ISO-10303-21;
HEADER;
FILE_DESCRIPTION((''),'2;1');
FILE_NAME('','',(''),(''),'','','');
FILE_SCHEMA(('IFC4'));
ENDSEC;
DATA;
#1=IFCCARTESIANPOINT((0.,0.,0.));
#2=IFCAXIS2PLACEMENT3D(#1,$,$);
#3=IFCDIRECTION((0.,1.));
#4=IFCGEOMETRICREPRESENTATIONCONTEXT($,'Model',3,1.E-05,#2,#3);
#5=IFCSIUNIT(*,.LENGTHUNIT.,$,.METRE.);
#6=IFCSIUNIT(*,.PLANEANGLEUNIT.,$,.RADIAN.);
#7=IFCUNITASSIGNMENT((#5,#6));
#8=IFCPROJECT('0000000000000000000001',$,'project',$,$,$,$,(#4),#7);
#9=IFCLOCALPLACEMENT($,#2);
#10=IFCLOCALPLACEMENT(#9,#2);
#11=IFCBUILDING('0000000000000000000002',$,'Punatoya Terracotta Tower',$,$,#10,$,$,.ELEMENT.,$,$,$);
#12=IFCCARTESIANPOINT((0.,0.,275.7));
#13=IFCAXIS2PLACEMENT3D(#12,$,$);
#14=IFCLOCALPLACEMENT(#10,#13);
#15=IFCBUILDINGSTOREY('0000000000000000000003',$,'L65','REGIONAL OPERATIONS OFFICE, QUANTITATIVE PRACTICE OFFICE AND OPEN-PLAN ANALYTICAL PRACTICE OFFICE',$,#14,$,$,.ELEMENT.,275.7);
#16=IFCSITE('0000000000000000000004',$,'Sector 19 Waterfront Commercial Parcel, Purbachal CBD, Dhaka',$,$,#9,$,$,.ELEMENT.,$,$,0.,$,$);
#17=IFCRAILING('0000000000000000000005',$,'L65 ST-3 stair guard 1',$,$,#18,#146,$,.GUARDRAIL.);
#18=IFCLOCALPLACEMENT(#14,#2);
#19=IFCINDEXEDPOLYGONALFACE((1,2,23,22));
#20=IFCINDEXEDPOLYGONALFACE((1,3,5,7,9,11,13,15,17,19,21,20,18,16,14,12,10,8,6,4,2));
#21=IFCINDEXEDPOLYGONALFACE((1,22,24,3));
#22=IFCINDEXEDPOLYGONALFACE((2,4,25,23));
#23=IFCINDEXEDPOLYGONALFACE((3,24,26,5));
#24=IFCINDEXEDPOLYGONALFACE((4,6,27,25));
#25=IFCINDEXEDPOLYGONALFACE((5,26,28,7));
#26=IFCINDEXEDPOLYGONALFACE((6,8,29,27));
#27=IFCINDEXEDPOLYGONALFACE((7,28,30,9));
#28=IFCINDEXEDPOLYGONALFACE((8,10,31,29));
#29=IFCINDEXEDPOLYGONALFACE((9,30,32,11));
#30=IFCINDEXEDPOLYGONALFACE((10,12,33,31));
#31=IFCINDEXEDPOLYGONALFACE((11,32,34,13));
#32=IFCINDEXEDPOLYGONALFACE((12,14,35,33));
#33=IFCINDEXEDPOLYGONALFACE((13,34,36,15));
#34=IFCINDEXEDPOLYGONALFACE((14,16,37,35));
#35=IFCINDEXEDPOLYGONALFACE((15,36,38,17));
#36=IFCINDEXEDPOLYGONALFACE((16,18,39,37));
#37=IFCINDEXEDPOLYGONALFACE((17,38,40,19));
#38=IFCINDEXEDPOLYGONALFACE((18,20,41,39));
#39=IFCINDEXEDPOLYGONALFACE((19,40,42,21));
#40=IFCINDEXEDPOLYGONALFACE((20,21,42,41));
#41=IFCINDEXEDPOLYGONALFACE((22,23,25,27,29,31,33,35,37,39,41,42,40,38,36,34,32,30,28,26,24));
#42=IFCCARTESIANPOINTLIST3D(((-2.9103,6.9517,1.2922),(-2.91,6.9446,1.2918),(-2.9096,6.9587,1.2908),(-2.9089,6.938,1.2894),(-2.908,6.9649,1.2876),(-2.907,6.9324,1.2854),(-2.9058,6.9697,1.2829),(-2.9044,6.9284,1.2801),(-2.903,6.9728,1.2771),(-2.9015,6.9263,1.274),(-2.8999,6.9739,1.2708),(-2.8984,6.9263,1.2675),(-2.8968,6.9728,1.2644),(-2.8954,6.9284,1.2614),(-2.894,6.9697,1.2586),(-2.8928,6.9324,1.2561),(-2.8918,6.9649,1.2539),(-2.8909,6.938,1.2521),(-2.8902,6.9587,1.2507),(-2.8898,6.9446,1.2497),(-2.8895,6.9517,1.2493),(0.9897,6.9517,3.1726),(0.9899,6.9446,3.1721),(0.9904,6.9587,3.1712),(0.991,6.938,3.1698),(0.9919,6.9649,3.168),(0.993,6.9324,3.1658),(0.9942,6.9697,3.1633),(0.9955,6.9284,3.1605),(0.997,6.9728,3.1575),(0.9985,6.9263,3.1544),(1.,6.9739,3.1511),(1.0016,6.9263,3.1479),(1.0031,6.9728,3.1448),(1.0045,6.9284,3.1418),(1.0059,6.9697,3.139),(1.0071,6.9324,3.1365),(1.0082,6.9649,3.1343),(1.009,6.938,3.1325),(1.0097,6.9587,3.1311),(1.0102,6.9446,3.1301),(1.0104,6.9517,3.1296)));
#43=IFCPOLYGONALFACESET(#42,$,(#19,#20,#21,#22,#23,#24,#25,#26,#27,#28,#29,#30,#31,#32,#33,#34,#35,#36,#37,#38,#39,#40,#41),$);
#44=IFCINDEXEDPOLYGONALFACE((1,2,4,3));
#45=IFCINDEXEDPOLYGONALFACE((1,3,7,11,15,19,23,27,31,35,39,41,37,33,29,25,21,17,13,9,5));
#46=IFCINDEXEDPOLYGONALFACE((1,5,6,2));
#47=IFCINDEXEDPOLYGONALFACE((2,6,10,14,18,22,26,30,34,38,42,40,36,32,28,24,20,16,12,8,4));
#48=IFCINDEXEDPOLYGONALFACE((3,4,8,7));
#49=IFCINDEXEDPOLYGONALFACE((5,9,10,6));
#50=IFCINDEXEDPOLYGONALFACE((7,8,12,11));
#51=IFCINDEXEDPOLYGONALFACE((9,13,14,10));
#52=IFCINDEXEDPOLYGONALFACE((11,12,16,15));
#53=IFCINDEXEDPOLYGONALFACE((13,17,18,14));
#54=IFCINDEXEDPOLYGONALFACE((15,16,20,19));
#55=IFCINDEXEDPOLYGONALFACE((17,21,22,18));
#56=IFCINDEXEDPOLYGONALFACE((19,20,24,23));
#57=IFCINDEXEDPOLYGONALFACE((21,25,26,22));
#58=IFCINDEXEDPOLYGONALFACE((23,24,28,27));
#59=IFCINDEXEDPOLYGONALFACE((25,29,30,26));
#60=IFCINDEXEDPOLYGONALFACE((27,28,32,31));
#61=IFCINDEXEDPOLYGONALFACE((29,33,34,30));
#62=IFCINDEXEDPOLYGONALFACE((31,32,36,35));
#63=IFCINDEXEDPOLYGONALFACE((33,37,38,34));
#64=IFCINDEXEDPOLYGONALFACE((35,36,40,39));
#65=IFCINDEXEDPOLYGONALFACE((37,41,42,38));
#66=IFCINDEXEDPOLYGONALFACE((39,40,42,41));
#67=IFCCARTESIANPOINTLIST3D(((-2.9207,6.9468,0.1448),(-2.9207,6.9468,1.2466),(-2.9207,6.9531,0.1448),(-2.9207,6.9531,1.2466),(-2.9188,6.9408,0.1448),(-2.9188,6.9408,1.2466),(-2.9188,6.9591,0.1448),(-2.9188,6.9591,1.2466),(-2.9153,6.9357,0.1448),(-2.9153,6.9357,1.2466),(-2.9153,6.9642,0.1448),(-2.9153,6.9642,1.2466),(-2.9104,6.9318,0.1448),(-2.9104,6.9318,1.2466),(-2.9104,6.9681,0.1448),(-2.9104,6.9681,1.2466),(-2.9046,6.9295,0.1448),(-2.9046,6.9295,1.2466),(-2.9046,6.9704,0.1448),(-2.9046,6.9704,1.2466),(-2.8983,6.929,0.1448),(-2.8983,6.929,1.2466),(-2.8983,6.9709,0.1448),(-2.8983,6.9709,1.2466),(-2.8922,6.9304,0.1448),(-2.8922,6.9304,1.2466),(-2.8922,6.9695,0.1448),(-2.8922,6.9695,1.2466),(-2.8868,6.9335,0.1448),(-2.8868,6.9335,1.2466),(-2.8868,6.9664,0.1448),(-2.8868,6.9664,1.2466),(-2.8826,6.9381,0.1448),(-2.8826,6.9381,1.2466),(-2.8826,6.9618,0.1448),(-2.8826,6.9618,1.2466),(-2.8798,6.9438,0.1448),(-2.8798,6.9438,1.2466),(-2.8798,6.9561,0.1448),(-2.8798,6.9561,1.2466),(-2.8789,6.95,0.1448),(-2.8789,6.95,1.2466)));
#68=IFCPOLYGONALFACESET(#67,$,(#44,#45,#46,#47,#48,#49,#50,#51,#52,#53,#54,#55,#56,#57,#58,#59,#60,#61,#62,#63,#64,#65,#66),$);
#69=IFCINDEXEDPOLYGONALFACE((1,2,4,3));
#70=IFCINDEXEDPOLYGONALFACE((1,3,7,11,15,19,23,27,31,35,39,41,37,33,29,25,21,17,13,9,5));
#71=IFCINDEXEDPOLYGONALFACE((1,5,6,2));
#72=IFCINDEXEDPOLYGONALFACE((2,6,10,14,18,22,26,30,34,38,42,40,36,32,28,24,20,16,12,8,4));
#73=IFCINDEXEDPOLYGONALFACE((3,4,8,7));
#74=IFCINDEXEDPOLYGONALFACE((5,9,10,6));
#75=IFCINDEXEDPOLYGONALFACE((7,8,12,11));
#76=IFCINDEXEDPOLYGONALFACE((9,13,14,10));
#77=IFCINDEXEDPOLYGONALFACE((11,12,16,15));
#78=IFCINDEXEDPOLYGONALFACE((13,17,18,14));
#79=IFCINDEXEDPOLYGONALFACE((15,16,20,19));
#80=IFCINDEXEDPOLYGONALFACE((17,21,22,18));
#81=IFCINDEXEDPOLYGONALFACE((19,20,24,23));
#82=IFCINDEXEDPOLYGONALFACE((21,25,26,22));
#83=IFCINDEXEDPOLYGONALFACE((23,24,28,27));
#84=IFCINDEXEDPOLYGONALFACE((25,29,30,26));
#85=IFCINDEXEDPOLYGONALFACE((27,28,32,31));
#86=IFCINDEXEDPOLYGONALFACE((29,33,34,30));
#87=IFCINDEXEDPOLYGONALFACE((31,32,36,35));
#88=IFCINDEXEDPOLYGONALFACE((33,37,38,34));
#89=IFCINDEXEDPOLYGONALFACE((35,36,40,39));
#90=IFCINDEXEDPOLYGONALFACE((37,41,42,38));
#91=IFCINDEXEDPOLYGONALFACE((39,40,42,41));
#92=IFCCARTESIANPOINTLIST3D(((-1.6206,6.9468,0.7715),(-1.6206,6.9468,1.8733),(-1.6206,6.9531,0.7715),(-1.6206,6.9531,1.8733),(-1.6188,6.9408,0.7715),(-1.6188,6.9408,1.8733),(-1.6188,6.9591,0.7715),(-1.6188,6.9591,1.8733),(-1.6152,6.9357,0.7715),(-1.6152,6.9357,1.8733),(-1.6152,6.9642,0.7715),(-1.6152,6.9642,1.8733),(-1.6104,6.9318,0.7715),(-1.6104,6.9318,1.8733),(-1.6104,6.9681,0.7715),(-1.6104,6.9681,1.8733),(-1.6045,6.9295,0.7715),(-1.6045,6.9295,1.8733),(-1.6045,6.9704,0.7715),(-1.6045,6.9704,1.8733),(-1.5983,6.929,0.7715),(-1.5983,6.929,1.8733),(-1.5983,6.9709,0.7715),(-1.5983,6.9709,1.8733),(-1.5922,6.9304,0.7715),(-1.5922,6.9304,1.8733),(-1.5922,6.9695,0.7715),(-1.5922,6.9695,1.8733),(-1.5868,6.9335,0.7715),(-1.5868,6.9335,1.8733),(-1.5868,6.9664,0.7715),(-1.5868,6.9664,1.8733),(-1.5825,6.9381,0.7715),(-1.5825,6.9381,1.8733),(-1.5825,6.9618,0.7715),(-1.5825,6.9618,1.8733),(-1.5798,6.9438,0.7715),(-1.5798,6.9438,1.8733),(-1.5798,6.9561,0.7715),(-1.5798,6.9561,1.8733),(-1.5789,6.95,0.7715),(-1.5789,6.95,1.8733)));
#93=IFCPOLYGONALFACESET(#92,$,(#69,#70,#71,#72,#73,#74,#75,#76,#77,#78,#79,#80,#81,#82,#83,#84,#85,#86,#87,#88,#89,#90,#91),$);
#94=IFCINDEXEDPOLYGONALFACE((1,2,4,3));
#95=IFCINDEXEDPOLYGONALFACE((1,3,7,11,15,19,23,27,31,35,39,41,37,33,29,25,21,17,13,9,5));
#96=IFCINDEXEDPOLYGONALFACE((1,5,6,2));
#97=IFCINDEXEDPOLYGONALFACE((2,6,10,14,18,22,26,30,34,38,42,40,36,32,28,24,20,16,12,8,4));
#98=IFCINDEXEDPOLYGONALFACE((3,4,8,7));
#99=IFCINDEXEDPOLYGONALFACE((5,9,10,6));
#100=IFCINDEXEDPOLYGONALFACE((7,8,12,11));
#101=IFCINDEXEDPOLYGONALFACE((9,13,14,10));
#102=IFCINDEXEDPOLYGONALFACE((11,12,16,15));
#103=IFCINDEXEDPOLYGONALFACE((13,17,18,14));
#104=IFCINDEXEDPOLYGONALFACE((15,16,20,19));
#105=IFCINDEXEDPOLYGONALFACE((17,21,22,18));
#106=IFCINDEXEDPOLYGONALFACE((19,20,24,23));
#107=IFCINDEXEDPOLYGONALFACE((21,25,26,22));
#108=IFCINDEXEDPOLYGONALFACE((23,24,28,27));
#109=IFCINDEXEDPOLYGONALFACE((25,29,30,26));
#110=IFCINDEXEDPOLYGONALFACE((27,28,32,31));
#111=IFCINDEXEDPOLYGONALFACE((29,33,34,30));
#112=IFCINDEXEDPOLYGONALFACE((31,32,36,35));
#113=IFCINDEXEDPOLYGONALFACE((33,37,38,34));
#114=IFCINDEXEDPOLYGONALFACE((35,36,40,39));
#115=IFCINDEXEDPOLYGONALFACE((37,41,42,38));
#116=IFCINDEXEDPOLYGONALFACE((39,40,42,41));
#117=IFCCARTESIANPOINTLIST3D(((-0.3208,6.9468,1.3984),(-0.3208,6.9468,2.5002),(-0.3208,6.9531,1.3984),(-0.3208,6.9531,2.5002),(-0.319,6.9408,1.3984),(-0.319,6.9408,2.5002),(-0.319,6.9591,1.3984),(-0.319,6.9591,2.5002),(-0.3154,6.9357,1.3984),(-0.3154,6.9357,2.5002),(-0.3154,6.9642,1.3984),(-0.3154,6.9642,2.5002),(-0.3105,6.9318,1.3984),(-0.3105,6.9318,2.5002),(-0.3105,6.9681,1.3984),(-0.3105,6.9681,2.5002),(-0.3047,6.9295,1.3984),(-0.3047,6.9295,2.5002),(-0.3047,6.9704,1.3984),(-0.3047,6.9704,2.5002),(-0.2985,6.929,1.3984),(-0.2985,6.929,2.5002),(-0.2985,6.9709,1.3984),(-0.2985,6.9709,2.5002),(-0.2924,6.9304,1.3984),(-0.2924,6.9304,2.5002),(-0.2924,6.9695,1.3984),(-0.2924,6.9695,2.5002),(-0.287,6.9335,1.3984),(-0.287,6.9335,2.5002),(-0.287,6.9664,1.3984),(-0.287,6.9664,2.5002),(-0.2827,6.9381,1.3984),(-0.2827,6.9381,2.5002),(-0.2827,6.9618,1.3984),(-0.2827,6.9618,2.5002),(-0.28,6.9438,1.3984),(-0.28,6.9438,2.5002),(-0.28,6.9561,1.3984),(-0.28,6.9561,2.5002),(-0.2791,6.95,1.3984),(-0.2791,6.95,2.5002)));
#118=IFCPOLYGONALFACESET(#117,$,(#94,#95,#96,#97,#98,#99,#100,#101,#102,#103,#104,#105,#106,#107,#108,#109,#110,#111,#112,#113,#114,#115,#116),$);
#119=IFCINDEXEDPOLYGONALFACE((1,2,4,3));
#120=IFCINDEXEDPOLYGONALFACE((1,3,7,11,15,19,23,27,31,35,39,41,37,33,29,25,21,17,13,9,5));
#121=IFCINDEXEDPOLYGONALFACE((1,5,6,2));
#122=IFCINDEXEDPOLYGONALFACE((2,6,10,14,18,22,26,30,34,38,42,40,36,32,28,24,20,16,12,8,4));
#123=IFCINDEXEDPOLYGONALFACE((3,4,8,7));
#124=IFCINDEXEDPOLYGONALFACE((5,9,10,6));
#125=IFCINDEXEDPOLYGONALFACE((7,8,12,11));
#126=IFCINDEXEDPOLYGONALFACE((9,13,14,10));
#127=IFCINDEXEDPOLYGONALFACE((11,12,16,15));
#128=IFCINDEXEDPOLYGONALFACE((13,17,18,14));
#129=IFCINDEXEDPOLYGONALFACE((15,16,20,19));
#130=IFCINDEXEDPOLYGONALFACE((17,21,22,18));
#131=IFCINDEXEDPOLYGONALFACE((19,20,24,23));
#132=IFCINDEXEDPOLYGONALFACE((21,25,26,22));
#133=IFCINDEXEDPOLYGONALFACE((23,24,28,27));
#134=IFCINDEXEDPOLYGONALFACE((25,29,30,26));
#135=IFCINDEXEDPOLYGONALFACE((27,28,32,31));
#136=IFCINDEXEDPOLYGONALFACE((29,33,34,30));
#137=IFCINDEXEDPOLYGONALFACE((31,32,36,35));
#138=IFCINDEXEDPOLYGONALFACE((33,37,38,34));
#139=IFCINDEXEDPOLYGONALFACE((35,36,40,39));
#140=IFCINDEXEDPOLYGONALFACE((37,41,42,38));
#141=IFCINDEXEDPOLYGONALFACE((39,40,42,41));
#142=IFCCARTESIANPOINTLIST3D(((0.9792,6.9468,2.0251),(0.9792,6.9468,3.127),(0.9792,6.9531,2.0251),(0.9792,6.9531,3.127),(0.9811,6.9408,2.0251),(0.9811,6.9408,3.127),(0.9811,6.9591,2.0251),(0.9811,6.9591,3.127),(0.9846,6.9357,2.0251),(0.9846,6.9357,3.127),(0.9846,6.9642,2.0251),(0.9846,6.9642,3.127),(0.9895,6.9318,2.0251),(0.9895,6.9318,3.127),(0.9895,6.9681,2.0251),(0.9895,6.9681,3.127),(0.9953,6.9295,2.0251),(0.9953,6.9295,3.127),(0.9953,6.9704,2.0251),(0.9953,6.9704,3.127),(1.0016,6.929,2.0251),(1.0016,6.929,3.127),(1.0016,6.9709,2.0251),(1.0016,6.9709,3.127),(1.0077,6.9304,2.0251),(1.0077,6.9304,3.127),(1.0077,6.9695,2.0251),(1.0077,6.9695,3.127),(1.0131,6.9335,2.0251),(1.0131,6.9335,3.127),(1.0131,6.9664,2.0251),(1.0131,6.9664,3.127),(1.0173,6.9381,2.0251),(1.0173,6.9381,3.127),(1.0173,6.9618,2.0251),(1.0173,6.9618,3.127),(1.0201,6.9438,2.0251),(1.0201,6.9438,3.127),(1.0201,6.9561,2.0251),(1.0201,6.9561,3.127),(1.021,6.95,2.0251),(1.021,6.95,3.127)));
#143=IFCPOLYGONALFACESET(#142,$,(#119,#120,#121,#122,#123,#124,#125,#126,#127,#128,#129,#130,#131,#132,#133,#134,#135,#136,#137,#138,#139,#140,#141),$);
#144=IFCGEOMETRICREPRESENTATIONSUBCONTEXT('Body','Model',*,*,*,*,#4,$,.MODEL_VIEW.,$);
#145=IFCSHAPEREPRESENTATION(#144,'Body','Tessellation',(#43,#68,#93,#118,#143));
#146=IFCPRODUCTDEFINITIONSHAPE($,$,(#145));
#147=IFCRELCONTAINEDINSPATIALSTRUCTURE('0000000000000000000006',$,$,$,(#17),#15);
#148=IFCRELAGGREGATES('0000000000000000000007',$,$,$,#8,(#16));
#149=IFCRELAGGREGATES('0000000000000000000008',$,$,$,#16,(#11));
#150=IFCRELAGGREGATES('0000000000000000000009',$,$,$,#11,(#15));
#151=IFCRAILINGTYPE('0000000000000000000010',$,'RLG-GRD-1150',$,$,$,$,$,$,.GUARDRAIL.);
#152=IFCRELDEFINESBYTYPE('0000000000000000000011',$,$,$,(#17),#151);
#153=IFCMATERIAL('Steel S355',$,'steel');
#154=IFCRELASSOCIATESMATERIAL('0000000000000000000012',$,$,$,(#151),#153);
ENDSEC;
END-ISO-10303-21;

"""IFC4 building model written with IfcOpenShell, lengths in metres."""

from ifc_helpers import new_model, si_unit, direction, frame, origin, origin_2d, place, context, subcontext, project, spatial, circle, extrude, material, type_object, element, save


model = new_model("IFC4")

# Units and contexts
model_context = context("Model", 3, precision=1e-05, world=origin(), true_north=direction((0.0, 1.0)))
body_context = subcontext(model_context, "Body", "Model", "MODEL_VIEW")
ifc_project = project(units=[si_unit("LENGTHUNIT", "METRE"), si_unit("PLANEANGLEUNIT", "RADIAN")], contexts=[model_context])

# Site, building, storey
site_placement = place(None, origin())
site = spatial("IfcSite", under=ifc_project, at=site_placement, Name="Sector 19 Waterfront Commercial Parcel, Purbachal CBD, Dhaka", CompositionType="ELEMENT", RefElevation=0.0)
building_placement = place(site_placement, origin())
building = spatial("IfcBuilding", under=site, at=building_placement, Name="Punatoya Terracotta Tower", CompositionType="ELEMENT")
storey_placement = place(building_placement, frame((0.0, 0.0, 275.7)))
storey = spatial("IfcBuildingStorey", under=building, at=storey_placement, Name="L65", Description="REGIONAL OPERATIONS OFFICE, QUANTITATIVE PRACTICE OFFICE AND OPEN-PLAN ANALYTICAL PRACTICE OFFICE", CompositionType="ELEMENT", Elevation=275.7)

# Shared definitions
ifc_material_1 = material(Name="Steel S355", Category="steel")

# Railing
railing_type_1 = type_object("IfcRailingType", Name="RLG-GRD-1150", PredefinedType="GUARDRAIL", material=ifc_material_1)
railing_1_placement = place(storey_placement, frame((-2.8999, 6.95, 0.1448)))
element("IfcRailing", 1, at=railing_1_placement, inside=storey, type_object=railing_type_1, Name="L65 ST-3 stair guard 1", PredefinedType="GUARDRAIL", context=body_context, shape_type="SweptSolid", body=[
    extrude(circle(Radius=0.0239, at=origin_2d()), frame((0.0, 0.0, 1.126), z_axis=(0.900763, 0.0, 0.434311), x_axis=(0.0, 1.0, 0.0)), (0.0, 0.0, 1.0), 4.3296),
    extrude(circle(Radius=0.021, at=origin_2d()), origin(), (0.0, 0.0, 1.0), 1.1018),
    extrude(circle(Radius=0.021, at=origin_2d()), frame((1.3, 0.0, 0.6267)), (0.0, 0.0, 1.0), 1.1018),
    extrude(circle(Radius=0.021, at=origin_2d()), frame((2.5999, 0.0, 1.2537)), (0.0, 0.0, 1.0), 1.1018),
    extrude(circle(Radius=0.021, at=origin_2d()), frame((3.8999, 0.0, 1.8804)), (0.0, 0.0, 1.0), 1.1018),
])

save(model, "model.ifc")
